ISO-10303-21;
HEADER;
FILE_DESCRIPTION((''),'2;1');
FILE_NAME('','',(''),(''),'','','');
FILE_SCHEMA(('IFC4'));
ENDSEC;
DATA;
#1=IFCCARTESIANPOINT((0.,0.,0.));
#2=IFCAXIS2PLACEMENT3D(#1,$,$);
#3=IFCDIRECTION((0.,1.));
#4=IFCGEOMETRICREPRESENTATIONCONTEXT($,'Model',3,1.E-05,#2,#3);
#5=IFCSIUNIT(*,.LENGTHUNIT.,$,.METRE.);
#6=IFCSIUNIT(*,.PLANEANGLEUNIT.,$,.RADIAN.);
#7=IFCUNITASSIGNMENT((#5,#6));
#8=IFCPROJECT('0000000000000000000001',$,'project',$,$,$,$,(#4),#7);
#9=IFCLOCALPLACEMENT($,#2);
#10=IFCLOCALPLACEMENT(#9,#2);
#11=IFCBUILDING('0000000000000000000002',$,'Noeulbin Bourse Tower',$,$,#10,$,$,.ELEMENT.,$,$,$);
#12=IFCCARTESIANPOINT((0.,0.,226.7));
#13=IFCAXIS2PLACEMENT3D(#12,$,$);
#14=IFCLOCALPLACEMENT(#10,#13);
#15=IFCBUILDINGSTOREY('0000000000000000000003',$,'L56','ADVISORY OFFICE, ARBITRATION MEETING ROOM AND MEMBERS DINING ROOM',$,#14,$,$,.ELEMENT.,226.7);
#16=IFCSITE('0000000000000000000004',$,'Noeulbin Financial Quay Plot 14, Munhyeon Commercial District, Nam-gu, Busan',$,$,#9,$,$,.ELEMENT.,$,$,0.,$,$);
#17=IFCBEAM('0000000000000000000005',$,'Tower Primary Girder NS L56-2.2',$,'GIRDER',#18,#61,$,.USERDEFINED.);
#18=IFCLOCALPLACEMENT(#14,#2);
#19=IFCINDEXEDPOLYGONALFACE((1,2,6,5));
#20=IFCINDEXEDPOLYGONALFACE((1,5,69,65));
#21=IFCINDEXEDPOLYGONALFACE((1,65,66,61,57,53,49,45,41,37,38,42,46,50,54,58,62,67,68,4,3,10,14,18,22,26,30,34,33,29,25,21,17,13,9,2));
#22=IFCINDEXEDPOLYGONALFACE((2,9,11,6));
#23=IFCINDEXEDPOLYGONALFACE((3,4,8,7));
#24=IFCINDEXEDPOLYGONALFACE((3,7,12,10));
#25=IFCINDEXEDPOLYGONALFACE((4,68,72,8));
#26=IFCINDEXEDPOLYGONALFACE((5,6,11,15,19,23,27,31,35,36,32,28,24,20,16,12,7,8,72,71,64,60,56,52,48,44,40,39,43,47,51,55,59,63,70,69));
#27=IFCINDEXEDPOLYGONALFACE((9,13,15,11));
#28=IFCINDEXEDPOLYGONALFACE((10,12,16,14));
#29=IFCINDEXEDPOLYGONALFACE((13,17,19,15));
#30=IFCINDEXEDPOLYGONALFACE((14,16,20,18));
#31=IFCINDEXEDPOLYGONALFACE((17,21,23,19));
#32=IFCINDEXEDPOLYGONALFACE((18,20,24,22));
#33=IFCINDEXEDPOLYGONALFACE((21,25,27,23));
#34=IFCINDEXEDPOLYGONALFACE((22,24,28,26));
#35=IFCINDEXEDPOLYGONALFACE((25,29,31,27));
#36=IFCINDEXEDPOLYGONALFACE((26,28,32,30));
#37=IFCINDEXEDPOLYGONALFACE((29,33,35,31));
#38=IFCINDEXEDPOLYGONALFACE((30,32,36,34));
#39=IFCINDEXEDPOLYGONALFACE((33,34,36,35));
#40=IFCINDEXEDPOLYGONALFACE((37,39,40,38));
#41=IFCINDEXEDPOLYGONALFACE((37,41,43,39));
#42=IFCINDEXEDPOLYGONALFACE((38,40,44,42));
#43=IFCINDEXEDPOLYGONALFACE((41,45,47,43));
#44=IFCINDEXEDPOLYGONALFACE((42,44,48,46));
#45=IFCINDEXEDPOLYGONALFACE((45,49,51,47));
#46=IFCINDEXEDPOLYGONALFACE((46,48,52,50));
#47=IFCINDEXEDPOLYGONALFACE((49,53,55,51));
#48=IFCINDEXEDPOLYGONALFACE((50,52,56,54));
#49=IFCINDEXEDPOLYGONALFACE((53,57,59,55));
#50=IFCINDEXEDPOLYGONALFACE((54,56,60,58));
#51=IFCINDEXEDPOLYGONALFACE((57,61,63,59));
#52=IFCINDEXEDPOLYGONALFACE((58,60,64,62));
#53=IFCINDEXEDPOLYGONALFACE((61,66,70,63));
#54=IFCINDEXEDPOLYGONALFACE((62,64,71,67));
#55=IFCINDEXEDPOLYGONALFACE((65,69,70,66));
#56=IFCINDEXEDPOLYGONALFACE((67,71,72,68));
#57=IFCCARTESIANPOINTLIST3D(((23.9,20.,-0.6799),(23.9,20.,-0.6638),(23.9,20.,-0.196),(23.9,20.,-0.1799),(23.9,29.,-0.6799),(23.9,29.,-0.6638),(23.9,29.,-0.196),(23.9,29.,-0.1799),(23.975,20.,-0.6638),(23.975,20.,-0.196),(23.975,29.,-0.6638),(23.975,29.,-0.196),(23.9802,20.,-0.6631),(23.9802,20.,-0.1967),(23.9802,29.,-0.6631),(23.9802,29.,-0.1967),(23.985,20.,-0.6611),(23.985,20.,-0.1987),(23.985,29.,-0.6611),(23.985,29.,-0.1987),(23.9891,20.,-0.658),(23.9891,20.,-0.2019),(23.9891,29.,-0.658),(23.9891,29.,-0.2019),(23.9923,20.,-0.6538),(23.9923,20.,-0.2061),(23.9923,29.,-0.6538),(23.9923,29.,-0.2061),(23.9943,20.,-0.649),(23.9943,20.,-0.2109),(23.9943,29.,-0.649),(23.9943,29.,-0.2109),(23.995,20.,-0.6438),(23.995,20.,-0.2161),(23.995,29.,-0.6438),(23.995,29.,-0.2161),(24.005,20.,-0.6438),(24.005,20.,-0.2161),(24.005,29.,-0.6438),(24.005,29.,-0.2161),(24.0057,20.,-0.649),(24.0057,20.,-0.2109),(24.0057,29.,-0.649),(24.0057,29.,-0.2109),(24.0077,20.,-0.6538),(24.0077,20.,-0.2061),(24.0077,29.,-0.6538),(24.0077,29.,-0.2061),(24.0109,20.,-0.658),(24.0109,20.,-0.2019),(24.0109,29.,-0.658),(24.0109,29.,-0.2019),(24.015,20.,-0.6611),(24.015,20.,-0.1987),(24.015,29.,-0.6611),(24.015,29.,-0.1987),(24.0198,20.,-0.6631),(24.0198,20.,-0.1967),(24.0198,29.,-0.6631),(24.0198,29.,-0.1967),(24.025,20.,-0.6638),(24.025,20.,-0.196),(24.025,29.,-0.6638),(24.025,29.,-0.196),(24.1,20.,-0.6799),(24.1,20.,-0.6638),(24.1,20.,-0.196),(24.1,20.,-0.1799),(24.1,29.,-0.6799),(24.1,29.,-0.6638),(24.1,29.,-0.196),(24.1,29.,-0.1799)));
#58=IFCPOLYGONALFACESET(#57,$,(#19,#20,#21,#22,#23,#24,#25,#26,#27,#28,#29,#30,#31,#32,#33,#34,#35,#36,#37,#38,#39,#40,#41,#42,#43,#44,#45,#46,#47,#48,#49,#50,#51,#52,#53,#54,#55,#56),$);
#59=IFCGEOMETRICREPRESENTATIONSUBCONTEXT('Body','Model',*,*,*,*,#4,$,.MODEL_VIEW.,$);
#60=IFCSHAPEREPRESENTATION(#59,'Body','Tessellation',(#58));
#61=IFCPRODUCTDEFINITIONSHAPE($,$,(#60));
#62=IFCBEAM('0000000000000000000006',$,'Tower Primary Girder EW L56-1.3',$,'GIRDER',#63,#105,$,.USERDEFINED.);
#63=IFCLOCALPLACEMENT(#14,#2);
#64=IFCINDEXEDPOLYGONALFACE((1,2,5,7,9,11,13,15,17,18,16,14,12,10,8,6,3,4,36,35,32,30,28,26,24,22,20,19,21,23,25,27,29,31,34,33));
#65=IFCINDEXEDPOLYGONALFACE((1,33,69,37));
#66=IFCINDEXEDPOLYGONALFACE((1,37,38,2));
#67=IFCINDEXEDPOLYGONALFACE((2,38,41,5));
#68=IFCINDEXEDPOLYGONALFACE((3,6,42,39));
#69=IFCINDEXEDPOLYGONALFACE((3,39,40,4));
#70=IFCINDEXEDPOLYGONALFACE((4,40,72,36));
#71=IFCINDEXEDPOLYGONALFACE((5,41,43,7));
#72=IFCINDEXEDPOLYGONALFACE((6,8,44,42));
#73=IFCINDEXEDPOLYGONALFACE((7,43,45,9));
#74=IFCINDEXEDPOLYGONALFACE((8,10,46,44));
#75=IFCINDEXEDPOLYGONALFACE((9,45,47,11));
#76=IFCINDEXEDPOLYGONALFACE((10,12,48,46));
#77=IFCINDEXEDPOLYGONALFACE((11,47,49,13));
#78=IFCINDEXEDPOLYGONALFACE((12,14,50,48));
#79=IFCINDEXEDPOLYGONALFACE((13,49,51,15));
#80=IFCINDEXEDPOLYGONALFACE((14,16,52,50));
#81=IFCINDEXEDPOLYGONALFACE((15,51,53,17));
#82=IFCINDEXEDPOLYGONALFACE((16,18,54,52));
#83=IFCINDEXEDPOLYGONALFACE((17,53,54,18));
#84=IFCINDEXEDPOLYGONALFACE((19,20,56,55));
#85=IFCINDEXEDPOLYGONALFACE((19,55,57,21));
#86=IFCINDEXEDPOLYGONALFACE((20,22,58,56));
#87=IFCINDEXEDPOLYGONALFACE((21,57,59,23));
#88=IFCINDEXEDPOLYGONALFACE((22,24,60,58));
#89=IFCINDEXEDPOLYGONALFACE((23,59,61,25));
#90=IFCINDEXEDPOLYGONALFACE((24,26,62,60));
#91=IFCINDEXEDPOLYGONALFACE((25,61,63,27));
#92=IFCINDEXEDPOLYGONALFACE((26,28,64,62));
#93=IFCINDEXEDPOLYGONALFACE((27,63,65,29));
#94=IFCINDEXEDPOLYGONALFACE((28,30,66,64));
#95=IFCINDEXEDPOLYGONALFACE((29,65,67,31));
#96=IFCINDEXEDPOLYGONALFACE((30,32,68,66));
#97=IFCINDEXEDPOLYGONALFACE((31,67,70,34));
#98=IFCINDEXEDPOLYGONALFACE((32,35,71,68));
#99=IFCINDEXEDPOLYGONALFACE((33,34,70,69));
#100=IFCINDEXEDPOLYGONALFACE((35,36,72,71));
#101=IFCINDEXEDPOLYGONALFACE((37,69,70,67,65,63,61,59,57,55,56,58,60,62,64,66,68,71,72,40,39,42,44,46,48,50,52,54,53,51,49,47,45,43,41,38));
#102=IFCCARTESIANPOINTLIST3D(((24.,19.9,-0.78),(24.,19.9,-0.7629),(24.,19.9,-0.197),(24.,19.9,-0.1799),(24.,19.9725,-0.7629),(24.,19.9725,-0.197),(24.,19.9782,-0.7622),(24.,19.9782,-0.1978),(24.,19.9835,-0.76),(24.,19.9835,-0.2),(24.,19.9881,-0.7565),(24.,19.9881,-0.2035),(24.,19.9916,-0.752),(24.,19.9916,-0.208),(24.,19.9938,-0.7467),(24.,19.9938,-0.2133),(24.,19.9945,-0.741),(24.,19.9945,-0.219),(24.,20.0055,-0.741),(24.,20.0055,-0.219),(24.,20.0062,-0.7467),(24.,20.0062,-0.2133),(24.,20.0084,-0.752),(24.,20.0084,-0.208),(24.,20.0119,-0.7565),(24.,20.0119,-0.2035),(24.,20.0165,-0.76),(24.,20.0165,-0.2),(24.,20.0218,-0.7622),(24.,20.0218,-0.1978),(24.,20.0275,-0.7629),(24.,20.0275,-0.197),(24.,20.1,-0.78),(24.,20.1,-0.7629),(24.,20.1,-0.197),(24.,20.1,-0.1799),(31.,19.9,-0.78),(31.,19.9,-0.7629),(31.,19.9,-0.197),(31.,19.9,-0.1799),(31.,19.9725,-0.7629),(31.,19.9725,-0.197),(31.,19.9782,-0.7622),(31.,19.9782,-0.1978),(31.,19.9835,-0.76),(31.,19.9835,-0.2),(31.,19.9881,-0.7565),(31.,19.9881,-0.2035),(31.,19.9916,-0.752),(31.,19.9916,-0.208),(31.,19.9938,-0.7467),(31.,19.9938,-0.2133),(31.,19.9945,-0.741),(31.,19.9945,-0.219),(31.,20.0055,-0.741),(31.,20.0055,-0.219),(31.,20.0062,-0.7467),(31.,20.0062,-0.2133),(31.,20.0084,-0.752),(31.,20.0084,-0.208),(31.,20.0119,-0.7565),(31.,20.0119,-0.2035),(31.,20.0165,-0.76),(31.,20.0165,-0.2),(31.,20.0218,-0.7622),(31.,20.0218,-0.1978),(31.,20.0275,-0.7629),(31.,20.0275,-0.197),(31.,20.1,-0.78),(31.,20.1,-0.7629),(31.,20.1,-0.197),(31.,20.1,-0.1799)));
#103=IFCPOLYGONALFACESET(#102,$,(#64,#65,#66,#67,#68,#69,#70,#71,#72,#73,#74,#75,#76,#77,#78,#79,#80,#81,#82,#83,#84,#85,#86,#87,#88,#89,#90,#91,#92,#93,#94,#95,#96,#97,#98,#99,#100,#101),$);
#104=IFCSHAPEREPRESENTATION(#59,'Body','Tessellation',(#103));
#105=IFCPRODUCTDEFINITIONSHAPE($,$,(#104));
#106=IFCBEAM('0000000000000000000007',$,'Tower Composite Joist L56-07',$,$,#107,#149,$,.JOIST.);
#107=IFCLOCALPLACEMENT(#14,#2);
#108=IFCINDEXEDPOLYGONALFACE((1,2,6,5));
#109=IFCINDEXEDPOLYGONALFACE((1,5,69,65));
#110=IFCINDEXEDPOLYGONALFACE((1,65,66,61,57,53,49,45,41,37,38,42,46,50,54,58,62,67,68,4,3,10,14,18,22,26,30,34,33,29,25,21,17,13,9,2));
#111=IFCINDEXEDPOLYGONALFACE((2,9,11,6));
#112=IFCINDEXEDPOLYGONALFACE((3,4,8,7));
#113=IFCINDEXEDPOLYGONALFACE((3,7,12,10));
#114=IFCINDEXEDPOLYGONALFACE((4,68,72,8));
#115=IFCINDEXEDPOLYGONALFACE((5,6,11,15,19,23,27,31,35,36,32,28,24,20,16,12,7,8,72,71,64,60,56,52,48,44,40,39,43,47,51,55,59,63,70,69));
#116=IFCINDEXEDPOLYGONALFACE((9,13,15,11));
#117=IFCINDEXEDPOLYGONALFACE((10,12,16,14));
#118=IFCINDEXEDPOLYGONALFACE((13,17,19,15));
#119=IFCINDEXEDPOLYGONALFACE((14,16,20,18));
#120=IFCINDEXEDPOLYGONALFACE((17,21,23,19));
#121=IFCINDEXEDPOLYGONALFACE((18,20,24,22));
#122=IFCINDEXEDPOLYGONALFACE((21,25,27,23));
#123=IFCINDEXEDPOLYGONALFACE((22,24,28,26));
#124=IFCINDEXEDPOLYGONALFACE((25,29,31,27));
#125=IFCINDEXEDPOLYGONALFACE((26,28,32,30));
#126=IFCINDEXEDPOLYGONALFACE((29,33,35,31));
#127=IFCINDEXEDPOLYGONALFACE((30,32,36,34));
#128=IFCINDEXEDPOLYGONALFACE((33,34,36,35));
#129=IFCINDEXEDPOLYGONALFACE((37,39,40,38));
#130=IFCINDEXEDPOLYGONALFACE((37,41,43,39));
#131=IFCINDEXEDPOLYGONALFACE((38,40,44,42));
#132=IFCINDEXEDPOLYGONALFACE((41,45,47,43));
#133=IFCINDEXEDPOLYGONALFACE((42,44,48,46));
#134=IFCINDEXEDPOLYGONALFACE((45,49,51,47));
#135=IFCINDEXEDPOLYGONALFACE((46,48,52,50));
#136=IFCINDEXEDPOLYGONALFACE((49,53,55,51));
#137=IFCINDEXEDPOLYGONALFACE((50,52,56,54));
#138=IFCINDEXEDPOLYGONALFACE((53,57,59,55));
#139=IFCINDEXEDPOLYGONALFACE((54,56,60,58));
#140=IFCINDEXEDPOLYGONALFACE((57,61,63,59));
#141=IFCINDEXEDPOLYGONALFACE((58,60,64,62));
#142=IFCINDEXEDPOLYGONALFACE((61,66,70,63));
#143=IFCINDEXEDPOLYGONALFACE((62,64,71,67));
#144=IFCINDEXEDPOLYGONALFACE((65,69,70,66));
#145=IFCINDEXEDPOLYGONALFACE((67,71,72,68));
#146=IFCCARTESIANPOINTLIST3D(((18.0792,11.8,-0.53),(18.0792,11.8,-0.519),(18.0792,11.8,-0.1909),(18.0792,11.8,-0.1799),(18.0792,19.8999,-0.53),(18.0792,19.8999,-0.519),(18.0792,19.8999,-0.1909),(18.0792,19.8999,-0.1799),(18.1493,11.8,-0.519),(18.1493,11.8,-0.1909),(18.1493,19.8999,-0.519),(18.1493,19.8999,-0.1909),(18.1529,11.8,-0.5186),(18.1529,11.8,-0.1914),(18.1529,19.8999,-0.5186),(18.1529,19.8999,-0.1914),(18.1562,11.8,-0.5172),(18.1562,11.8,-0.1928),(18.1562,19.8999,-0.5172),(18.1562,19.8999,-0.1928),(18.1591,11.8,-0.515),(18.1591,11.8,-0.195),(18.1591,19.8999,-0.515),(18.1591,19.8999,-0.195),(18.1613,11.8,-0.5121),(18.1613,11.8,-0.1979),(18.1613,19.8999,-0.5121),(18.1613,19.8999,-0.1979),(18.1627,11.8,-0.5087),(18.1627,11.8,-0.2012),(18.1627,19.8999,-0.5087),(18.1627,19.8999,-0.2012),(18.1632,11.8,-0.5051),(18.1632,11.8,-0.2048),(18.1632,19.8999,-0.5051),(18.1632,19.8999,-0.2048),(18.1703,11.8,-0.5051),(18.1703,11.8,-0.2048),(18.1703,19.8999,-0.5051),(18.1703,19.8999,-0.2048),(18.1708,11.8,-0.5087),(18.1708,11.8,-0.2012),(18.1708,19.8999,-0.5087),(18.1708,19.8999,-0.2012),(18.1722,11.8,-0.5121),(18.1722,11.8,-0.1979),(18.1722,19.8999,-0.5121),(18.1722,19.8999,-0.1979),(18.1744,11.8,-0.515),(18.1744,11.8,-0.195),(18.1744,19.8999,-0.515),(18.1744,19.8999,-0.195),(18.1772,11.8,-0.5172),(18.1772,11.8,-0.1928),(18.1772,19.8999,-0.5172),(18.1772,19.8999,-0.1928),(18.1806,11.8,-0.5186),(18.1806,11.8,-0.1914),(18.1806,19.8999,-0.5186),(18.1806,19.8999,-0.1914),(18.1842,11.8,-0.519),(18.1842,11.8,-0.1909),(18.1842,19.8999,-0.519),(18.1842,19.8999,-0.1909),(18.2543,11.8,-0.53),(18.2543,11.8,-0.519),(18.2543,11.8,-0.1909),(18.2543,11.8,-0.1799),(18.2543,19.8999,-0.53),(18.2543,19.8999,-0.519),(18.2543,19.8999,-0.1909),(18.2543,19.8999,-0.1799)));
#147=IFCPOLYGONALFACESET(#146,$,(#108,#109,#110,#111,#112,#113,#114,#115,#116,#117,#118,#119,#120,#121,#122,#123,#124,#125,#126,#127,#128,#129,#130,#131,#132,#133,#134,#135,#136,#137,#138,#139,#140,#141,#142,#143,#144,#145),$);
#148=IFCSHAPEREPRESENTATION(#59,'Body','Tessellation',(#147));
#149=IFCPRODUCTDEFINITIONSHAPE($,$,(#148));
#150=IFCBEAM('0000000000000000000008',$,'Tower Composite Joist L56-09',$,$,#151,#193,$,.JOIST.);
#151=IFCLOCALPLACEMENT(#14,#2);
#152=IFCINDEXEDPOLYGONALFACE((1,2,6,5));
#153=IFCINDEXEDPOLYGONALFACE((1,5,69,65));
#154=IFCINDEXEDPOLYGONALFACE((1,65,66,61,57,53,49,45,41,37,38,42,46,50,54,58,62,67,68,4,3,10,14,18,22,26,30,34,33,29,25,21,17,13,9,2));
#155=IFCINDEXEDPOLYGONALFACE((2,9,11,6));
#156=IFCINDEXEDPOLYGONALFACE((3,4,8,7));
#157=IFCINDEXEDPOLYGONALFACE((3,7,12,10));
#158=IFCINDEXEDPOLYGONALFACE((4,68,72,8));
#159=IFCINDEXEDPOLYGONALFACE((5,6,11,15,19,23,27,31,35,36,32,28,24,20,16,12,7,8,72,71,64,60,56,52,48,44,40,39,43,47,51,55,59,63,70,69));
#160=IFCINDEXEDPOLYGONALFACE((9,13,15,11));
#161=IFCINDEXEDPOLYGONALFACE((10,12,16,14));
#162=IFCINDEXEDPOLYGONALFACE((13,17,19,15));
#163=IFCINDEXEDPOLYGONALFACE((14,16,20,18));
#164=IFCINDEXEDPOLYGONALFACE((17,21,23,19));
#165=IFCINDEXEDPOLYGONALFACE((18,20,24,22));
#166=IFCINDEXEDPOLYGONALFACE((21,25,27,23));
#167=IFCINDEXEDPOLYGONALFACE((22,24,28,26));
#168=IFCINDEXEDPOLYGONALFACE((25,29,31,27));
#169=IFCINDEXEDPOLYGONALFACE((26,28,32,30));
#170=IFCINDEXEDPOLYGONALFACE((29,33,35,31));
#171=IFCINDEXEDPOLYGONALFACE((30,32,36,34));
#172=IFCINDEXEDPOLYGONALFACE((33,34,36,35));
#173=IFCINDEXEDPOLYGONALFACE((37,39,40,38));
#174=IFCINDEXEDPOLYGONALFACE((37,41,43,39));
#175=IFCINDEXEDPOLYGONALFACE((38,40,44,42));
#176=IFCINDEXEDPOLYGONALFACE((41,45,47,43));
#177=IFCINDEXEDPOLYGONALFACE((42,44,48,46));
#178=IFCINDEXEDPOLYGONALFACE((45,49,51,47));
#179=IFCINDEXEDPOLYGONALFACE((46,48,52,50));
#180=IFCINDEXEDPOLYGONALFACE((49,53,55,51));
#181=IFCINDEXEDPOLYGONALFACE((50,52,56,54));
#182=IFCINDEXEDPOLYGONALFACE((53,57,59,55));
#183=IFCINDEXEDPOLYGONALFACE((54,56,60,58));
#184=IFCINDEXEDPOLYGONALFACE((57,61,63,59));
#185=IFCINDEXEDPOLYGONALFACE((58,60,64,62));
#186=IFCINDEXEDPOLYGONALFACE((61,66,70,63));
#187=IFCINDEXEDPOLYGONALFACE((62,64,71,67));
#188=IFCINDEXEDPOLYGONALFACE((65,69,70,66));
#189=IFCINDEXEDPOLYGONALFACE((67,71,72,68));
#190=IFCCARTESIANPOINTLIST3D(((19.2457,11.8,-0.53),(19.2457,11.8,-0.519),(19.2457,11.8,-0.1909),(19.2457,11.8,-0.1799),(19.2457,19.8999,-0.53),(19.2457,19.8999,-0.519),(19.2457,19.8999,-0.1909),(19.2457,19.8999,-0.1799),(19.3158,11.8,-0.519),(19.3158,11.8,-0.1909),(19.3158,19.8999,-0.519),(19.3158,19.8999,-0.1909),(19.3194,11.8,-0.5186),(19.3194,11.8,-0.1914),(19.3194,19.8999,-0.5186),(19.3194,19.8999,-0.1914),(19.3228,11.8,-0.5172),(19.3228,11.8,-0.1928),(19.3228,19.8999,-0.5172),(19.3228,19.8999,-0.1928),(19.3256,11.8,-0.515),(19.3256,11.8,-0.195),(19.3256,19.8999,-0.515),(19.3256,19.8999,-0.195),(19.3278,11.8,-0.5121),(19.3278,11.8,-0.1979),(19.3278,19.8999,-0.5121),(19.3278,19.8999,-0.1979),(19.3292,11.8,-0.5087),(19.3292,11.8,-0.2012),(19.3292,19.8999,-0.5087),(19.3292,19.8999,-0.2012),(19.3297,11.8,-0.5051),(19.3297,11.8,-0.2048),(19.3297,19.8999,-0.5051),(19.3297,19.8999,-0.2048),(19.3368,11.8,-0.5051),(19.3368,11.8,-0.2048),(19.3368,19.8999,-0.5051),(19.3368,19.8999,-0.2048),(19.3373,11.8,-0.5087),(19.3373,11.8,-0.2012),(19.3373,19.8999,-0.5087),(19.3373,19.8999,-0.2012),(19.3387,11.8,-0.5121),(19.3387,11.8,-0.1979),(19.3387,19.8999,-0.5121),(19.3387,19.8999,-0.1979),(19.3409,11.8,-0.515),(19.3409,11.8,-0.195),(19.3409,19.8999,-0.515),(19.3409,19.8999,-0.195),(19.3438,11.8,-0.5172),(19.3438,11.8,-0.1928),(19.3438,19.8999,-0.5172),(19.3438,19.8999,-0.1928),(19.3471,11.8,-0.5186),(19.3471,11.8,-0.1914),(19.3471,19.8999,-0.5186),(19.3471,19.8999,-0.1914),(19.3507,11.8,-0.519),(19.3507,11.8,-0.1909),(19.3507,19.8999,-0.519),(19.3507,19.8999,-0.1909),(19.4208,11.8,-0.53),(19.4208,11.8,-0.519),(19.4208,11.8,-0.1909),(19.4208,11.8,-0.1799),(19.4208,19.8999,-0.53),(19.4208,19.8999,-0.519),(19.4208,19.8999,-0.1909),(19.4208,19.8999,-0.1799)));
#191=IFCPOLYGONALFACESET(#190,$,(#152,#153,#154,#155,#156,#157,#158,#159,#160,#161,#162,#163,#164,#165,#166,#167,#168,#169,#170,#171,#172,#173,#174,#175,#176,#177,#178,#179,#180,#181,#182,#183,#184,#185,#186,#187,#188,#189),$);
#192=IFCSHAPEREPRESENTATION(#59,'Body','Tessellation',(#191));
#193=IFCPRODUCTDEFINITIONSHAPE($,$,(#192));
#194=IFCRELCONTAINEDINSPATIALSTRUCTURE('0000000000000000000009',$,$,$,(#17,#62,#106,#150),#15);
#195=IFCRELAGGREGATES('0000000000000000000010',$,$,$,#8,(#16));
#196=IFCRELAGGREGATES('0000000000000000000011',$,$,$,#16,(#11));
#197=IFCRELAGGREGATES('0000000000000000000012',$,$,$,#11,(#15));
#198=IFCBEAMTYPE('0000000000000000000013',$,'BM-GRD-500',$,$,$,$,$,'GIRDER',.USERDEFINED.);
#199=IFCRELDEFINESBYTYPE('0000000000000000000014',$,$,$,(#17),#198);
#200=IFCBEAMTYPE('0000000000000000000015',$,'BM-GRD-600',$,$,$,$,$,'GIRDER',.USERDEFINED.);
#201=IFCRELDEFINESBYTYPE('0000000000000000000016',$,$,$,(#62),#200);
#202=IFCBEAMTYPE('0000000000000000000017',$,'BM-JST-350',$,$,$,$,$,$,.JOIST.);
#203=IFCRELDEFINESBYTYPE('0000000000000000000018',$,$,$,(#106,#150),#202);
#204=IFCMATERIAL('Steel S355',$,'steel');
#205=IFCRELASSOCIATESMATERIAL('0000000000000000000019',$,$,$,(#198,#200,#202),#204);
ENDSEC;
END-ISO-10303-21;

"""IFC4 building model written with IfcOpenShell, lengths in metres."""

from ifc_helpers import new_model, si_unit, direction, frame, origin, origin_2d, place, context, subcontext, project, spatial, i_section, extrude, material, material_profile, profile_set, type_object, element, save


model = new_model("IFC4")

# Units and contexts
model_context = context("Model", 3, precision=1e-05, world=origin(), true_north=direction((0.0, 1.0)))
body_context = subcontext(model_context, "Body", "Model", "MODEL_VIEW")
ifc_project = project(units=[si_unit("LENGTHUNIT", "METRE"), si_unit("PLANEANGLEUNIT", "RADIAN")], contexts=[model_context])

# Site, building, storey
site_placement = place(None, origin())
site = spatial("IfcSite", under=ifc_project, at=site_placement, Name="Noeulbin Financial Quay Plot 14, Munhyeon Commercial District, Nam-gu, Busan", CompositionType="ELEMENT", RefElevation=0.0)
building_placement = place(site_placement, origin())
building = spatial("IfcBuilding", under=site, at=building_placement, Name="Noeulbin Bourse Tower", CompositionType="ELEMENT")
storey_placement = place(building_placement, frame((0.0, 0.0, 226.7)))
storey = spatial("IfcBuildingStorey", under=building, at=storey_placement, Name="L56", Description="ADVISORY OFFICE, ARBITRATION MEETING ROOM AND MEMBERS DINING ROOM", CompositionType="ELEMENT", Elevation=226.7)

# Shared definitions
ifc_material_1 = material(Name="Steel S355", Category="steel")

# Beams
ifc_material_profile_1 = material_profile(ifc_material_1, i_section(OverallWidth=0.2, OverallDepth=0.5, WebThickness=0.01, FlangeThickness=0.0161, FilletRadius=0.02, at=origin_2d()), Name="H-500x200x10x16", Category="LoadBearing")
ifc_profile_set_1 = profile_set([ifc_material_profile_1], Name="Steel S355")
beam_type_1 = type_object("IfcBeamType", Name="BM-GRD-500", ElementType="GIRDER", PredefinedType="USERDEFINED", material=ifc_profile_set_1)
beam_1_placement = place(storey_placement, frame((24.0, 20.0, -0.4299), z_axis=(0.0, 1.0, 0.0), x_axis=(-1.0, 0.0, 0.0)))
element("IfcBeam", 1, at=beam_1_placement, inside=storey, type_object=beam_type_1, Name="Tower Primary Girder NS L56-2.2", ObjectType="GIRDER", PredefinedType="USERDEFINED", context=body_context, shape_type="SweptSolid", body=[
    extrude(i_section(OverallWidth=0.2, OverallDepth=0.5, WebThickness=0.01, FlangeThickness=0.0161, FilletRadius=0.02, at=origin_2d()), origin(), (0.0, 0.0, 1.0), 9.0),
])
ifc_material_profile_2 = material_profile(ifc_material_1, i_section(OverallWidth=0.2, OverallDepth=0.6001, WebThickness=0.011, FlangeThickness=0.0171, FilletRadius=0.022, at=origin_2d()), Name="H-600x200x11x17", Category="LoadBearing")
ifc_profile_set_2 = profile_set([ifc_material_profile_2], Name="Steel S355")
beam_type_2 = type_object("IfcBeamType", Name="BM-GRD-600", ElementType="GIRDER", PredefinedType="USERDEFINED", material=ifc_profile_set_2)
beam_2_placement = place(storey_placement, frame((24.0, 20.0, -0.48), z_axis=(1.0, 0.0, 0.0), x_axis=(0.0, 1.0, 0.0)))
element("IfcBeam", 2, at=beam_2_placement, inside=storey, type_object=beam_type_2, Name="Tower Primary Girder EW L56-1.3", ObjectType="GIRDER", PredefinedType="USERDEFINED", context=body_context, shape_type="SweptSolid", body=[
    extrude(i_section(OverallWidth=0.2, OverallDepth=0.6001, WebThickness=0.011, FlangeThickness=0.0171, FilletRadius=0.022, at=origin_2d()), origin(), (0.0, 0.0, 1.0), 7.0),
])
ifc_material_profile_3 = material_profile(ifc_material_1, i_section(OverallWidth=0.175, OverallDepth=0.3501, WebThickness=0.0071, FlangeThickness=0.011, FilletRadius=0.0139, at=origin_2d()), Name="H-350x175x7x11", Category="LoadBearing")
ifc_profile_set_3 = profile_set([ifc_material_profile_3], Name="Steel S355")
beam_type_3 = type_object("IfcBeamType", Name="BM-JST-350", PredefinedType="JOIST", material=ifc_profile_set_3)
for number, where, z_axis, x_axis, name in (
    (3, (18.1667, 11.8, -0.355), (0.0, 1.0, 0.0), (-1.0, 0.0, 0.0), "Tower Composite Joist L56-07"),
    (4, (19.3333, 11.8, -0.355), (0.0, 1.0, 0.0), (-1.0, 0.0, 0.0), "Tower Composite Joist L56-09"),
):
    element("IfcBeam", number, at=place(storey_placement, frame(where, z_axis=z_axis, x_axis=x_axis)), inside=storey, type_object=beam_type_3, Name=name, PredefinedType="JOIST", context=body_context, shape_type="SweptSolid", body=[
        extrude(i_section(OverallWidth=0.175, OverallDepth=0.3501, WebThickness=0.0071, FlangeThickness=0.011, FilletRadius=0.0139, at=origin_2d()), origin(), (0.0, 0.0, 1.0), 8.0999),
    ])

save(model, "model.ifc")
